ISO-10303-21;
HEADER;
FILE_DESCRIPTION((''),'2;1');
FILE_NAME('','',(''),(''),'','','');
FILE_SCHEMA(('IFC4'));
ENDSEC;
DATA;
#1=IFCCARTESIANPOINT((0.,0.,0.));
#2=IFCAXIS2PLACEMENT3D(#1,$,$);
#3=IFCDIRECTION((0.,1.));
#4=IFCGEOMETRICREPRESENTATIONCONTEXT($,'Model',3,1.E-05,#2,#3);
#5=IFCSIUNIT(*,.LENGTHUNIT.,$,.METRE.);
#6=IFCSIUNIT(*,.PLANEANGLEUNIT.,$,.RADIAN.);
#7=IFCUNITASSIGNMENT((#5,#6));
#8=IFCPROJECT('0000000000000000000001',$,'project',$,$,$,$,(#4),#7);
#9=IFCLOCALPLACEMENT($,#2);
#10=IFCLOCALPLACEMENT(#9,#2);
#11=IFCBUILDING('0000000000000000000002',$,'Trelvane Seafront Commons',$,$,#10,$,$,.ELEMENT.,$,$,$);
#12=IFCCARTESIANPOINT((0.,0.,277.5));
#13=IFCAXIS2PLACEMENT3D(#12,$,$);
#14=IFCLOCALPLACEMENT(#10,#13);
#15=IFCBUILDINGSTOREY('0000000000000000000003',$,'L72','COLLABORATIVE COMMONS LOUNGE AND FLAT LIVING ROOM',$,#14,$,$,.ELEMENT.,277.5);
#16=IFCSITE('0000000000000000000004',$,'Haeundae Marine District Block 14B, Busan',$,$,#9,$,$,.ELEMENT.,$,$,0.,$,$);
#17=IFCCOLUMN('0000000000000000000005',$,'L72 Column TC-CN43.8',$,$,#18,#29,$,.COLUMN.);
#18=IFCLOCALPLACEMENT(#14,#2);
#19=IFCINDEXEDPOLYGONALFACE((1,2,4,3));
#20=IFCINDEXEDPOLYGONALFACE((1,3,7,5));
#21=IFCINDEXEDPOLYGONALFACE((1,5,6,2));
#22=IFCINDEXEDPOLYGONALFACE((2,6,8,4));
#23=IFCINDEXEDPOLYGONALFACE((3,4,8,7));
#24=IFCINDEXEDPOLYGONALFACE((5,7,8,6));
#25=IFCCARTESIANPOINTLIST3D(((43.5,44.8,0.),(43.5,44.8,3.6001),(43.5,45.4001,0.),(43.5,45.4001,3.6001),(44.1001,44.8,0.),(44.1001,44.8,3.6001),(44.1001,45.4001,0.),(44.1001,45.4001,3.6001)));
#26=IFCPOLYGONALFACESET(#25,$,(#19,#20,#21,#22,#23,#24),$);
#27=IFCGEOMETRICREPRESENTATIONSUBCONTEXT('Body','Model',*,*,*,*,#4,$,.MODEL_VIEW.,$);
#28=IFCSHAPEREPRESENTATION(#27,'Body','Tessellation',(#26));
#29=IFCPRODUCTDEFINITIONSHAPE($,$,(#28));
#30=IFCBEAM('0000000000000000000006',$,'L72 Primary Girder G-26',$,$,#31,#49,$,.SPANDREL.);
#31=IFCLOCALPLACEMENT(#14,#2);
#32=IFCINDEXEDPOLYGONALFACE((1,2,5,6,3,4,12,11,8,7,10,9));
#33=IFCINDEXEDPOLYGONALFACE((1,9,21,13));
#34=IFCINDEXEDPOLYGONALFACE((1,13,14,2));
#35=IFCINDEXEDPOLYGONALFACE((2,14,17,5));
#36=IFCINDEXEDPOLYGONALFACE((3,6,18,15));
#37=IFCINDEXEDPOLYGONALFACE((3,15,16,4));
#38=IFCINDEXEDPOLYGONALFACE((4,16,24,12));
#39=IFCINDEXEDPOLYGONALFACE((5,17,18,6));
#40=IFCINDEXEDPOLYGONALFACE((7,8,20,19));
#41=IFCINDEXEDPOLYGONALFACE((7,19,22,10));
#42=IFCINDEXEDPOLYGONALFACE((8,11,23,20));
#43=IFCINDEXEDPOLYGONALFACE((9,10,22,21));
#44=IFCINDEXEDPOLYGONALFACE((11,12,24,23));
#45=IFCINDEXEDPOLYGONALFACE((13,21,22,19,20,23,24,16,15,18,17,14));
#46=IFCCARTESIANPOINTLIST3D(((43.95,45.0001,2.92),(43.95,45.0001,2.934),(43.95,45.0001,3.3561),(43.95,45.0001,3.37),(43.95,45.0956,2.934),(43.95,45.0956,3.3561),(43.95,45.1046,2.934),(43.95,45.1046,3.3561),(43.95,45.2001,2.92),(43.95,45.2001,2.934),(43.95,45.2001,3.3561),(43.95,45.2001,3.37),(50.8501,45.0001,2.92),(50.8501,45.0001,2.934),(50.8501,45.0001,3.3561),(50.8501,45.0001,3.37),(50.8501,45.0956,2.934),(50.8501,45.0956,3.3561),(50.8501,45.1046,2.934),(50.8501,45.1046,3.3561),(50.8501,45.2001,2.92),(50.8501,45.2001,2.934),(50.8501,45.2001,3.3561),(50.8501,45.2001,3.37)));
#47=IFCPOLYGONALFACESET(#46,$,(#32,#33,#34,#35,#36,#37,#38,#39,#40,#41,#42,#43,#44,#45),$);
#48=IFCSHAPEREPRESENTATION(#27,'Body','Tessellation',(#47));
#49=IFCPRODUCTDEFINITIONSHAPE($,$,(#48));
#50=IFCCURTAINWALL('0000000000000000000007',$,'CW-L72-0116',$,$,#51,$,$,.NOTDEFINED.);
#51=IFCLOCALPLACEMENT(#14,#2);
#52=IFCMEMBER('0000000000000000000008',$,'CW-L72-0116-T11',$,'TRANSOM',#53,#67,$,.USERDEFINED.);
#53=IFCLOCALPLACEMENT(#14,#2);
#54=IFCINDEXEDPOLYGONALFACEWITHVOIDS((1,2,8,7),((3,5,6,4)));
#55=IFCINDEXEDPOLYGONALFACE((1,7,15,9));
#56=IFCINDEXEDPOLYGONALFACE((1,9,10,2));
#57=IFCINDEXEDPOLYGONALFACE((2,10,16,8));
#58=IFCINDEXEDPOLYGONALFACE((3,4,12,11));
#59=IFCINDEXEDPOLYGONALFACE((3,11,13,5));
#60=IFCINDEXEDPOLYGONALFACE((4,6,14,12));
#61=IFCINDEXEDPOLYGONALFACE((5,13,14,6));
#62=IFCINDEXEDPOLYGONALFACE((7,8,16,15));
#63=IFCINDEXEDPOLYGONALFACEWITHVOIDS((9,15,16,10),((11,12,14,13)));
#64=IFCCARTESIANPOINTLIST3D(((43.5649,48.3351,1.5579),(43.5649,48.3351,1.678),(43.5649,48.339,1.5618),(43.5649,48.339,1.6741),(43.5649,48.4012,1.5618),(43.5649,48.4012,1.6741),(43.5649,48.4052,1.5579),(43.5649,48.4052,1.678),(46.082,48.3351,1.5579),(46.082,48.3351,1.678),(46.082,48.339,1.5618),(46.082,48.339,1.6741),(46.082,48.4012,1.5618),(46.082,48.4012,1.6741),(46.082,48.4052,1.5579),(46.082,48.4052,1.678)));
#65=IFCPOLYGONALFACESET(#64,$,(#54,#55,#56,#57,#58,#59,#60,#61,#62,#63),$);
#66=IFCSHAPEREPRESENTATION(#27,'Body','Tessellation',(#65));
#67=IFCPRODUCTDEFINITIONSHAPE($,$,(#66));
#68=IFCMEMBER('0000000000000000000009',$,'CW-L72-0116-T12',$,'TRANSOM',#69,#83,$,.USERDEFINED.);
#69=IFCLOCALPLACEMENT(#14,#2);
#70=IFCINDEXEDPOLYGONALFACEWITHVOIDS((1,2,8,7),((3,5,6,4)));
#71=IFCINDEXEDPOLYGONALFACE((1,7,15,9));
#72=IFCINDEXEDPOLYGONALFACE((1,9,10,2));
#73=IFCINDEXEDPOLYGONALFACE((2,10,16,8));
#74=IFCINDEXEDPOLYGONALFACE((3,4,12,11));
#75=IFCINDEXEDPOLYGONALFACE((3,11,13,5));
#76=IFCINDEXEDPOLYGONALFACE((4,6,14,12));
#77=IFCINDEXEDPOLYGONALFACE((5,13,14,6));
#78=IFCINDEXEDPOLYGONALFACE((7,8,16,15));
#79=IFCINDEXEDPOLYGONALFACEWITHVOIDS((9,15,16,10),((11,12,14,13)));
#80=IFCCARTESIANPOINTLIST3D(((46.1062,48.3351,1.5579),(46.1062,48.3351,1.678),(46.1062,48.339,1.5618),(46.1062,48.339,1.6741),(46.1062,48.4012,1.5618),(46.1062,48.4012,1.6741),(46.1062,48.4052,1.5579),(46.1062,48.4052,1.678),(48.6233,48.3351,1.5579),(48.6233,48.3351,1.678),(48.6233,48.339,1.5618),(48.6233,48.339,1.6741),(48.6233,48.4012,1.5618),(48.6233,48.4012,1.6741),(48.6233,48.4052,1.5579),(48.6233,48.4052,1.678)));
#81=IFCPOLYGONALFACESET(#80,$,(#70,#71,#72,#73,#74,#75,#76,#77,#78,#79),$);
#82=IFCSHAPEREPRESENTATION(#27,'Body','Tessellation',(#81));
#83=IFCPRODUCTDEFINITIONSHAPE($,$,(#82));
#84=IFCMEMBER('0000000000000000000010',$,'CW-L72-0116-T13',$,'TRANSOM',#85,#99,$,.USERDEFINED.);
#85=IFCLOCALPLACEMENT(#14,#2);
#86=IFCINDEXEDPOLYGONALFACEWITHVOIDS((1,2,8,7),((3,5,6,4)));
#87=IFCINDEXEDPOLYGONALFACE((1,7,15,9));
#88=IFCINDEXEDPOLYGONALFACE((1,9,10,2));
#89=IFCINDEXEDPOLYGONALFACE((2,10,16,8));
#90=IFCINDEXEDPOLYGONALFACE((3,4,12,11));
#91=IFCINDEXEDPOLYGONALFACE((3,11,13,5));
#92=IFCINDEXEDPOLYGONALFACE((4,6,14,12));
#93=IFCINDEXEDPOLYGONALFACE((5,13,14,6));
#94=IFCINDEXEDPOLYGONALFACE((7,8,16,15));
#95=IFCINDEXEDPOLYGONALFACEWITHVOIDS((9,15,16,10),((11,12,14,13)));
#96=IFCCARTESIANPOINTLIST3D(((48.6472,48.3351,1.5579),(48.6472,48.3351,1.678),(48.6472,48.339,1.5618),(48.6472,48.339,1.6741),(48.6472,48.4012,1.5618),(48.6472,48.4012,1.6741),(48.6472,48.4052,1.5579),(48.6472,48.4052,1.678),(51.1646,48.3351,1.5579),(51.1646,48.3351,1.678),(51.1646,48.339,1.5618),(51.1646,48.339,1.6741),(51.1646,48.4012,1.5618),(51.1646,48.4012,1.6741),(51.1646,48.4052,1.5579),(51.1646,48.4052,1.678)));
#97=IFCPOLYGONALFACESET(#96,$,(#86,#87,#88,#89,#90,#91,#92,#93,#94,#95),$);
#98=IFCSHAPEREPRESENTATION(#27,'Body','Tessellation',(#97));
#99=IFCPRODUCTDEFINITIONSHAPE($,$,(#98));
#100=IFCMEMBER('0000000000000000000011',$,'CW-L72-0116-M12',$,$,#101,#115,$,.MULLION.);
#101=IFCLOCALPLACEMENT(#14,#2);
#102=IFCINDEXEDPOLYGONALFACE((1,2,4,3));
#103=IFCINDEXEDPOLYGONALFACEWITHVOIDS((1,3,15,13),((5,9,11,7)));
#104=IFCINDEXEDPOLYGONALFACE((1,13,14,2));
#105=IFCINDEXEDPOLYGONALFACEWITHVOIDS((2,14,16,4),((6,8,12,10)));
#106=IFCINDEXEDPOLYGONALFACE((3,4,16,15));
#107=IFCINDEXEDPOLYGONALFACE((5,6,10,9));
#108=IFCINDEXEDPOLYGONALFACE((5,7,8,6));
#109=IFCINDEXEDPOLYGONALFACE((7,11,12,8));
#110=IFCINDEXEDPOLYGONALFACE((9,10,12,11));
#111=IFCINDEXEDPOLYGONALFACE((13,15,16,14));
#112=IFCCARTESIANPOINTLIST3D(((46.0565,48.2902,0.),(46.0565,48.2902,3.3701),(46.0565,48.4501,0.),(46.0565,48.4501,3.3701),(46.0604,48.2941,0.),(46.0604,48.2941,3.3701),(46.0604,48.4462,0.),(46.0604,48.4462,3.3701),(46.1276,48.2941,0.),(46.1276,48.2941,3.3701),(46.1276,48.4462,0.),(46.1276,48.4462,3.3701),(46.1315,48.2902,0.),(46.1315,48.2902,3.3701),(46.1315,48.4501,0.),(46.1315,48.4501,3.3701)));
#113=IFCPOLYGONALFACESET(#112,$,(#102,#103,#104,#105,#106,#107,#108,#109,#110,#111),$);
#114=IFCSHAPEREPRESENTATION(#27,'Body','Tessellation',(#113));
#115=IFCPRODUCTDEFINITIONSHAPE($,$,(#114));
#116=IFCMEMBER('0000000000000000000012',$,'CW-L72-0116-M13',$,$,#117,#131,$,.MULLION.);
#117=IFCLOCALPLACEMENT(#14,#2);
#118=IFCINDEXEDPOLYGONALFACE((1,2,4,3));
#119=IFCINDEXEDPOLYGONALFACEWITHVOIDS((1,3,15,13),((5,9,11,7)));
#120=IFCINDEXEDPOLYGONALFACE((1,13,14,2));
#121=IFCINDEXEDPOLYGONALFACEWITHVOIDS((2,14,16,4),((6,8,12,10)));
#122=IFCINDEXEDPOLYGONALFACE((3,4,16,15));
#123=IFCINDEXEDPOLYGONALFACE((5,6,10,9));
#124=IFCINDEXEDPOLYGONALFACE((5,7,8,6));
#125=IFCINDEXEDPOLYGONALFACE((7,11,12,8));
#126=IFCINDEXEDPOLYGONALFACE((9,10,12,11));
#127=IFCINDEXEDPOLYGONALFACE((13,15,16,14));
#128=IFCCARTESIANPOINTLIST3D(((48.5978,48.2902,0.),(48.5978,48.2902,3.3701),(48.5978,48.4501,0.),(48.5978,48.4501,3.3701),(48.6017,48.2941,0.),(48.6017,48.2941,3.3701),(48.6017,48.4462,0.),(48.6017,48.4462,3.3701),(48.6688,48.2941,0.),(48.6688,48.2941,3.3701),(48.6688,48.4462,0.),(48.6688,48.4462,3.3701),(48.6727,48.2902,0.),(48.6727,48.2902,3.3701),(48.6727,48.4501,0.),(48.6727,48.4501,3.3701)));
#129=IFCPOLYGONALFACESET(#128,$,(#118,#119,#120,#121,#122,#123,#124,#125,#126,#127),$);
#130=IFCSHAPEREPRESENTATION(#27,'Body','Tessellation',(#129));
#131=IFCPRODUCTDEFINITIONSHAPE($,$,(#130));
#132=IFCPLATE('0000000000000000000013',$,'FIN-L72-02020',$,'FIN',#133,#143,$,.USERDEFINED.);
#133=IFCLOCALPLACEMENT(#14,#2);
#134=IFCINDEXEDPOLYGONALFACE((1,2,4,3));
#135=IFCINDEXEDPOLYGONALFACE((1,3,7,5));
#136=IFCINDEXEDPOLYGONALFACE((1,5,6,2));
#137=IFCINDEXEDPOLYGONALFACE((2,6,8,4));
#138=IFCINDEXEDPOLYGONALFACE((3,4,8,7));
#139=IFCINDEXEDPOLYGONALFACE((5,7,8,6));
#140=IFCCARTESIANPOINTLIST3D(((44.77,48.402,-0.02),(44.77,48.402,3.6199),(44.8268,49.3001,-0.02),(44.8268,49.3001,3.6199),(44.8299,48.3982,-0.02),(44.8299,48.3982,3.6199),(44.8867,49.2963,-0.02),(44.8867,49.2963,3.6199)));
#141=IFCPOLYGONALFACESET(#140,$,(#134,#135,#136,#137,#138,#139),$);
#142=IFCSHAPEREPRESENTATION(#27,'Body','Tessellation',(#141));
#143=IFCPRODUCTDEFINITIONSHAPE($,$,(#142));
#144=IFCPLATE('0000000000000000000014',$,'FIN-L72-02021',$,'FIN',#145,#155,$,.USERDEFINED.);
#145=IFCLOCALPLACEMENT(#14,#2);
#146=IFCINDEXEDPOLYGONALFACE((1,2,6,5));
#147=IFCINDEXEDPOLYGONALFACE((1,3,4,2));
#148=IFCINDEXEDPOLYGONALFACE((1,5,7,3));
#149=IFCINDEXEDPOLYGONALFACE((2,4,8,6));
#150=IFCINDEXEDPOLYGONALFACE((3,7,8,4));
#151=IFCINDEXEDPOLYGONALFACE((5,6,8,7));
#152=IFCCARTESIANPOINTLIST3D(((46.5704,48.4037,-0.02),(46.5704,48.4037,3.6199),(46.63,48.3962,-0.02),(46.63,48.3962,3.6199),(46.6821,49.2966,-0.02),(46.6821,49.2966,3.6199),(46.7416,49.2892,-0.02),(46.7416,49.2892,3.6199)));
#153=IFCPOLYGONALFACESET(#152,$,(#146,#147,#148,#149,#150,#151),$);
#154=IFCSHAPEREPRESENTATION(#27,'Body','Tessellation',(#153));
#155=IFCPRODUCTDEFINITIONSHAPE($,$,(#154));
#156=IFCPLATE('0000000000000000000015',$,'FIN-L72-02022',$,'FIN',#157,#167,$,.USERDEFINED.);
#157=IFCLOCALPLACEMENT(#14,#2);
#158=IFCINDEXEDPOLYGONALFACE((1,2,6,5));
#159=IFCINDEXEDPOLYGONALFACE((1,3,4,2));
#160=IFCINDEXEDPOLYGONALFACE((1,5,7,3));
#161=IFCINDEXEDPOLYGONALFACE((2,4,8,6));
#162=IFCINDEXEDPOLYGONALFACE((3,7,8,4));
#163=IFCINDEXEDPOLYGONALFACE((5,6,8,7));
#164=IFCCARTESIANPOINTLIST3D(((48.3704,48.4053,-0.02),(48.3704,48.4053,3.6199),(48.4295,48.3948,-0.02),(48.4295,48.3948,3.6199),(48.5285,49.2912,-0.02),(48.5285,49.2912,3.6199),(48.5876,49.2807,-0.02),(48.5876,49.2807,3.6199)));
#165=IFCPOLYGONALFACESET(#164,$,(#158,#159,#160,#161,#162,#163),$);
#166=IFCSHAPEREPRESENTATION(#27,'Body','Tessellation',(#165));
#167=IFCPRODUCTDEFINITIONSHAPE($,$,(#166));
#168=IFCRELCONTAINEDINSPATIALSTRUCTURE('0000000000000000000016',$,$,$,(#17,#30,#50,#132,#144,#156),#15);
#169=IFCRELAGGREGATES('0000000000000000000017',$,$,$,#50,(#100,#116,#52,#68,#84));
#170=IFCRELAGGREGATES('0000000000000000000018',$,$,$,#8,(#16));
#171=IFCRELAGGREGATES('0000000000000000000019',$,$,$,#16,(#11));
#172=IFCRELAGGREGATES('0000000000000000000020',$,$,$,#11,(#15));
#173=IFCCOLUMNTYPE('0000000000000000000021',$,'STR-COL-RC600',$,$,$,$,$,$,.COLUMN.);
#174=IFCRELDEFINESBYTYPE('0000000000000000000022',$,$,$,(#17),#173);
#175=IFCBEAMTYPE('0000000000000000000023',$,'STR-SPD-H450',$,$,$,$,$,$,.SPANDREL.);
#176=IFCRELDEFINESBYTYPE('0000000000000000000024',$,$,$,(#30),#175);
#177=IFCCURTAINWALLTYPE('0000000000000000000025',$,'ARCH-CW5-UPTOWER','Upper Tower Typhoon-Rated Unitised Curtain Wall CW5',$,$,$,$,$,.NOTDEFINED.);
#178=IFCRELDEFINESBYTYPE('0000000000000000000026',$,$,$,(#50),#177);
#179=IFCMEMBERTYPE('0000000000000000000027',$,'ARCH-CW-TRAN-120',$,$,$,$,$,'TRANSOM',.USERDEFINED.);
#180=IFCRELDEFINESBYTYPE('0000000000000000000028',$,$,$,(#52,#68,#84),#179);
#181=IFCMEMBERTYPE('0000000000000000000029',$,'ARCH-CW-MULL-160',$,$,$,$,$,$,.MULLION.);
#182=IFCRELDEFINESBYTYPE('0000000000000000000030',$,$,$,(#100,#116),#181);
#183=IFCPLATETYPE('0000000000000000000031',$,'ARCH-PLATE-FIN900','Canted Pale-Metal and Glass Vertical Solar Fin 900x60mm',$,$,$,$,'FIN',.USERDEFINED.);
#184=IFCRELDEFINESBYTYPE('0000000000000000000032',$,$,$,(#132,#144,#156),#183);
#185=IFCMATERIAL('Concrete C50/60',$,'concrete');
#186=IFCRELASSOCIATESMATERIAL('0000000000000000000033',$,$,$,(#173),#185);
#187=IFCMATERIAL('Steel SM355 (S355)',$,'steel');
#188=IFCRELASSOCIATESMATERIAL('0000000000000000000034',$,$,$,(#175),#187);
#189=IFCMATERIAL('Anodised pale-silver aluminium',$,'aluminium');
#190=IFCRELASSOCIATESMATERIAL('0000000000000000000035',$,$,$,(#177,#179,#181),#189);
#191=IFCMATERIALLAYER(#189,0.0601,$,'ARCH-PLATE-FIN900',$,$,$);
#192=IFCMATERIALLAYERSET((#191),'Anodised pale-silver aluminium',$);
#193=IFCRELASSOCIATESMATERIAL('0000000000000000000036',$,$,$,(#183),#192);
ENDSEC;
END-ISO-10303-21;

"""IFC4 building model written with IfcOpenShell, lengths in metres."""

from ifc_helpers import new_model, si_unit, direction, frame, origin, origin_2d, place, context, subcontext, project, spatial, rectangle, hollow_rectangle, i_section, extrude, source, transform, mapped, material, layer, layer_set, material_profile, profile_set, type_object, element, aggregate, save


model = new_model("IFC4")

# Units and contexts
model_context = context("Model", 3, precision=1e-05, world=origin(), true_north=direction((0.0, 1.0)))
body_context = subcontext(model_context, "Body", "Model", "MODEL_VIEW")
ifc_project = project(units=[si_unit("LENGTHUNIT", "METRE"), si_unit("PLANEANGLEUNIT", "RADIAN")], contexts=[model_context])

# Site, building, storey
site_placement = place(None, origin())
site = spatial("IfcSite", under=ifc_project, at=site_placement, Name="Haeundae Marine District Block 14B, Busan", CompositionType="ELEMENT", RefElevation=0.0)
building_placement = place(site_placement, origin())
building = spatial("IfcBuilding", under=site, at=building_placement, Name="Trelvane Seafront Commons", CompositionType="ELEMENT")
storey_placement = place(building_placement, frame((0.0, 0.0, 277.5)))
storey = spatial("IfcBuildingStorey", under=building, at=storey_placement, Name="L72", Description="COLLABORATIVE COMMONS LOUNGE AND FLAT LIVING ROOM", CompositionType="ELEMENT", Elevation=277.5)

# Column
ifc_material_1 = material(Name="Concrete C50/60", Category="concrete")
ifc_material_profile_1 = material_profile(ifc_material_1, rectangle(XDim=0.6001, YDim=0.6001, at=origin_2d()), Name="RC-600x600")
ifc_profile_set_1 = profile_set([ifc_material_profile_1], Name="Concrete C50/60")
column_type = type_object("IfcColumnType", Name="STR-COL-RC600", PredefinedType="COLUMN", material=ifc_profile_set_1)
shared_shape_1 = source(origin(), body_context, "Body", "SweptSolid", [
    extrude(rectangle(XDim=0.6001, YDim=0.6001, at=origin_2d()), origin(), (0.0, 0.0, 1.0), 3.6001),
])
column_placement = place(storey_placement, frame((43.8, 45.1001, 0.0), z_axis=(0.0, 0.0, 1.0), x_axis=(1.0, 0.0, 0.0)))
element("IfcColumn", 1, at=column_placement, inside=storey, type_object=column_type, Name="L72 Column TC-CN43.8", PredefinedType="COLUMN", context=body_context, shape_type="MappedRepresentation", body=[
    mapped(shared_shape_1, transform((0.0, 0.0, 0.0), x_axis=(1.0, 0.0, 0.0), y_axis=(0.0, 1.0, 0.0), z_axis=(0.0, 0.0, 1.0), scale=1.0)),
])

# Beam
ifc_material_2 = material(Name="Steel SM355 (S355)", Category="steel")
ifc_material_profile_2 = material_profile(ifc_material_2, i_section(OverallWidth=0.2, OverallDepth=0.45, WebThickness=0.009, FlangeThickness=0.0139, at=origin_2d()), Name="H-450x200x9x14")
ifc_profile_set_2 = profile_set([ifc_material_profile_2], Name="Steel SM355 (S355)")
beam_type = type_object("IfcBeamType", Name="STR-SPD-H450", PredefinedType="SPANDREL", material=ifc_profile_set_2)
shared_shape_2 = source(origin(), body_context, "Body", "SweptSolid", [
    extrude(i_section(OverallWidth=0.2, OverallDepth=0.45, WebThickness=0.009, FlangeThickness=0.0139, at=origin_2d()), origin(), (0.0, 0.0, 1.0), 6.9001),
])
beam_placement = place(storey_placement, frame((43.95, 45.1001, 3.145), z_axis=(1.0, 0.0, 0.0), x_axis=(0.0, 1.0, 0.0)))
element("IfcBeam", 2, at=beam_placement, inside=storey, type_object=beam_type, Name="L72 Primary Girder G-26", PredefinedType="SPANDREL", context=body_context, shape_type="MappedRepresentation", body=[
    mapped(shared_shape_2, transform((0.0, 0.0, 0.0), x_axis=(1.0, 0.0, 0.0), y_axis=(0.0, 1.0, 0.0), z_axis=(0.0, 0.0, 1.0), scale=1.0)),
])

# Curtain wall, members
ifc_material_3 = material(Name="Anodised pale-silver aluminium", Category="aluminium")
curtain_wall_type = type_object("IfcCurtainWallType", Name="ARCH-CW5-UPTOWER", Description="Upper Tower Typhoon-Rated Unitised Curtain Wall CW5", PredefinedType="NOTDEFINED", material=ifc_material_3)
curtain_wall_placement = place(storey_placement, origin())
curtain_wall = element("IfcCurtainWall", 3, at=curtain_wall_placement, inside=storey, type_object=curtain_wall_type, Name="CW-L72-0116", PredefinedType="NOTDEFINED")
ifc_material_profile_3 = material_profile(ifc_material_3, hollow_rectangle(XDim=0.0701, YDim=0.1201, WallThickness=0.0039, at=origin_2d()), Name="TRAN-70x120x4")
ifc_profile_set_3 = profile_set([ifc_material_profile_3], Name="Anodised pale-silver aluminium")
member_type_1 = type_object("IfcMemberType", Name="ARCH-CW-TRAN-120", ElementType="TRANSOM", PredefinedType="USERDEFINED", material=ifc_profile_set_3)
shared_shape_3 = source(origin(), body_context, "Body", "SweptSolid", [
    extrude(hollow_rectangle(XDim=0.0701, YDim=0.1201, WallThickness=0.0039, at=origin_2d()), origin(), (0.0, 0.0, 1.0), 2.5171),
])
member_1_placement = place(storey_placement, frame((43.5649, 48.3701, 1.6179), z_axis=(1.0, 0.0, 0.0), x_axis=(0.0, 1.0, 0.0)))
member_1 = element("IfcMember", 4, at=member_1_placement, type_object=member_type_1, Name="CW-L72-0116-T11", ObjectType="TRANSOM", PredefinedType="USERDEFINED", context=body_context, shape_type="MappedRepresentation", body=[
    mapped(shared_shape_3, transform((0.0, 0.0, 0.0), x_axis=(1.0, 0.0, 0.0), y_axis=(0.0, 1.0, 0.0), z_axis=(0.0, 0.0, 1.0), scale=1.0)),
])
member_2_placement = place(storey_placement, frame((46.1062, 48.3701, 1.6179), z_axis=(1.0, 0.0, 0.0), x_axis=(0.0, 1.0, 0.0)))
member_2 = element("IfcMember", 5, at=member_2_placement, type_object=member_type_1, Name="CW-L72-0116-T12", ObjectType="TRANSOM", PredefinedType="USERDEFINED", context=body_context, shape_type="MappedRepresentation", body=[
    mapped(shared_shape_3, transform((0.0, 0.0, 0.0), x_axis=(1.0, 0.0, 0.0), y_axis=(0.0, 1.0, 0.0), z_axis=(0.0, 0.0, 1.0), scale=1.0)),
])
shared_shape_4 = source(origin(), body_context, "Body", "SweptSolid", [
    extrude(hollow_rectangle(XDim=0.0701, YDim=0.1201, WallThickness=0.0039, at=origin_2d()), origin(), (0.0, 0.0, 1.0), 2.5173),
])
member_3_placement = place(storey_placement, frame((48.6472, 48.3701, 1.6179), z_axis=(1.0, 0.0, 0.0), x_axis=(0.0, 1.0, 0.0)))
member_3 = element("IfcMember", 6, at=member_3_placement, type_object=member_type_1, Name="CW-L72-0116-T13", ObjectType="TRANSOM", PredefinedType="USERDEFINED", context=body_context, shape_type="MappedRepresentation", body=[
    mapped(shared_shape_4, transform((0.0, 0.0, 0.0), x_axis=(1.0, 0.0, 0.0), y_axis=(0.0, 1.0, 0.0), z_axis=(0.0, 0.0, 1.0), scale=1.0)),
])
ifc_material_profile_4 = material_profile(ifc_material_3, hollow_rectangle(XDim=0.075, YDim=0.1599, WallThickness=0.0039, at=origin_2d()), Name="MULL-75x160x4")
ifc_profile_set_4 = profile_set([ifc_material_profile_4], Name="Anodised pale-silver aluminium")
member_type_2 = type_object("IfcMemberType", Name="ARCH-CW-MULL-160", PredefinedType="MULLION", material=ifc_profile_set_4)
shared_shape_5 = source(origin(), body_context, "Body", "SweptSolid", [
    extrude(hollow_rectangle(XDim=0.075, YDim=0.1599, WallThickness=0.0039, at=origin_2d()), origin(), (0.0, 0.0, 1.0), 3.3701),
])
member_4_placement = place(storey_placement, frame((46.094, 48.3701, 0.0), z_axis=(0.0, 0.0, 1.0), x_axis=(1.0, 0.0, 0.0)))
member_4 = element("IfcMember", 7, at=member_4_placement, type_object=member_type_2, Name="CW-L72-0116-M12", PredefinedType="MULLION", context=body_context, shape_type="MappedRepresentation", body=[
    mapped(shared_shape_5, transform((0.0, 0.0, 0.0), x_axis=(1.0, 0.0, 0.0), y_axis=(0.0, 1.0, 0.0), z_axis=(0.0, 0.0, 1.0), scale=1.0)),
])
member_5_placement = place(storey_placement, frame((48.6353, 48.3701, 0.0), z_axis=(0.0, 0.0, 1.0), x_axis=(1.0, 0.0, 0.0)))
member_5 = element("IfcMember", 8, at=member_5_placement, type_object=member_type_2, Name="CW-L72-0116-M13", PredefinedType="MULLION", context=body_context, shape_type="MappedRepresentation", body=[
    mapped(shared_shape_5, transform((0.0, 0.0, 0.0), x_axis=(1.0, 0.0, 0.0), y_axis=(0.0, 1.0, 0.0), z_axis=(0.0, 0.0, 1.0), scale=1.0)),
])

# Plates
ifc_layer_1 = layer(ifc_material_3, 0.0601, Name="ARCH-PLATE-FIN900")
ifc_layer_set_1 = layer_set([ifc_layer_1], Name="Anodised pale-silver aluminium")
plate_type_1 = type_object("IfcPlateType", Name="ARCH-PLATE-FIN900", Description="Canted Pale-Metal and Glass Vertical Solar Fin 900x60mm", ElementType="FIN", PredefinedType="USERDEFINED", material=ifc_layer_set_1)
shared_shape_6 = source(origin(), body_context, "Body", "SweptSolid", [
    extrude(rectangle(XDim=0.8999, YDim=0.0601, at=origin_2d()), origin(), (0.0, 0.0, 1.0), 3.6399),
])
for number, where, z_axis, x_axis, name in (
    (9, (44.8284, 48.8491, -0.02), (0.0, 0.0, 1.0), (0.063111, 0.998007, 0.0), "FIN-L72-02020"),
    (10, (46.656, 48.8464, -0.02), (0.0, 0.0, 1.0), (0.124118, 0.992268, 0.0), "FIN-L72-02021"),
    (11, (48.479, 48.843, -0.02), (0.0, 0.0, 1.0), (0.175667, 0.98445, 0.0), "FIN-L72-02022"),
):
    element("IfcPlate", number, at=place(storey_placement, frame(where, z_axis=z_axis, x_axis=x_axis)), inside=storey, type_object=plate_type_1, Name=name, ObjectType="FIN", PredefinedType="USERDEFINED", context=body_context, shape_type="MappedRepresentation", body=[
        mapped(shared_shape_6, transform((0.0, 0.0, 0.0), x_axis=(1.0, 0.0, 0.0), y_axis=(0.0, 1.0, 0.0), z_axis=(0.0, 0.0, 1.0), scale=1.0)),
    ])

aggregate(curtain_wall, [member_4, member_5, member_1, member_2, member_3])

save(model, "model.ifc")
